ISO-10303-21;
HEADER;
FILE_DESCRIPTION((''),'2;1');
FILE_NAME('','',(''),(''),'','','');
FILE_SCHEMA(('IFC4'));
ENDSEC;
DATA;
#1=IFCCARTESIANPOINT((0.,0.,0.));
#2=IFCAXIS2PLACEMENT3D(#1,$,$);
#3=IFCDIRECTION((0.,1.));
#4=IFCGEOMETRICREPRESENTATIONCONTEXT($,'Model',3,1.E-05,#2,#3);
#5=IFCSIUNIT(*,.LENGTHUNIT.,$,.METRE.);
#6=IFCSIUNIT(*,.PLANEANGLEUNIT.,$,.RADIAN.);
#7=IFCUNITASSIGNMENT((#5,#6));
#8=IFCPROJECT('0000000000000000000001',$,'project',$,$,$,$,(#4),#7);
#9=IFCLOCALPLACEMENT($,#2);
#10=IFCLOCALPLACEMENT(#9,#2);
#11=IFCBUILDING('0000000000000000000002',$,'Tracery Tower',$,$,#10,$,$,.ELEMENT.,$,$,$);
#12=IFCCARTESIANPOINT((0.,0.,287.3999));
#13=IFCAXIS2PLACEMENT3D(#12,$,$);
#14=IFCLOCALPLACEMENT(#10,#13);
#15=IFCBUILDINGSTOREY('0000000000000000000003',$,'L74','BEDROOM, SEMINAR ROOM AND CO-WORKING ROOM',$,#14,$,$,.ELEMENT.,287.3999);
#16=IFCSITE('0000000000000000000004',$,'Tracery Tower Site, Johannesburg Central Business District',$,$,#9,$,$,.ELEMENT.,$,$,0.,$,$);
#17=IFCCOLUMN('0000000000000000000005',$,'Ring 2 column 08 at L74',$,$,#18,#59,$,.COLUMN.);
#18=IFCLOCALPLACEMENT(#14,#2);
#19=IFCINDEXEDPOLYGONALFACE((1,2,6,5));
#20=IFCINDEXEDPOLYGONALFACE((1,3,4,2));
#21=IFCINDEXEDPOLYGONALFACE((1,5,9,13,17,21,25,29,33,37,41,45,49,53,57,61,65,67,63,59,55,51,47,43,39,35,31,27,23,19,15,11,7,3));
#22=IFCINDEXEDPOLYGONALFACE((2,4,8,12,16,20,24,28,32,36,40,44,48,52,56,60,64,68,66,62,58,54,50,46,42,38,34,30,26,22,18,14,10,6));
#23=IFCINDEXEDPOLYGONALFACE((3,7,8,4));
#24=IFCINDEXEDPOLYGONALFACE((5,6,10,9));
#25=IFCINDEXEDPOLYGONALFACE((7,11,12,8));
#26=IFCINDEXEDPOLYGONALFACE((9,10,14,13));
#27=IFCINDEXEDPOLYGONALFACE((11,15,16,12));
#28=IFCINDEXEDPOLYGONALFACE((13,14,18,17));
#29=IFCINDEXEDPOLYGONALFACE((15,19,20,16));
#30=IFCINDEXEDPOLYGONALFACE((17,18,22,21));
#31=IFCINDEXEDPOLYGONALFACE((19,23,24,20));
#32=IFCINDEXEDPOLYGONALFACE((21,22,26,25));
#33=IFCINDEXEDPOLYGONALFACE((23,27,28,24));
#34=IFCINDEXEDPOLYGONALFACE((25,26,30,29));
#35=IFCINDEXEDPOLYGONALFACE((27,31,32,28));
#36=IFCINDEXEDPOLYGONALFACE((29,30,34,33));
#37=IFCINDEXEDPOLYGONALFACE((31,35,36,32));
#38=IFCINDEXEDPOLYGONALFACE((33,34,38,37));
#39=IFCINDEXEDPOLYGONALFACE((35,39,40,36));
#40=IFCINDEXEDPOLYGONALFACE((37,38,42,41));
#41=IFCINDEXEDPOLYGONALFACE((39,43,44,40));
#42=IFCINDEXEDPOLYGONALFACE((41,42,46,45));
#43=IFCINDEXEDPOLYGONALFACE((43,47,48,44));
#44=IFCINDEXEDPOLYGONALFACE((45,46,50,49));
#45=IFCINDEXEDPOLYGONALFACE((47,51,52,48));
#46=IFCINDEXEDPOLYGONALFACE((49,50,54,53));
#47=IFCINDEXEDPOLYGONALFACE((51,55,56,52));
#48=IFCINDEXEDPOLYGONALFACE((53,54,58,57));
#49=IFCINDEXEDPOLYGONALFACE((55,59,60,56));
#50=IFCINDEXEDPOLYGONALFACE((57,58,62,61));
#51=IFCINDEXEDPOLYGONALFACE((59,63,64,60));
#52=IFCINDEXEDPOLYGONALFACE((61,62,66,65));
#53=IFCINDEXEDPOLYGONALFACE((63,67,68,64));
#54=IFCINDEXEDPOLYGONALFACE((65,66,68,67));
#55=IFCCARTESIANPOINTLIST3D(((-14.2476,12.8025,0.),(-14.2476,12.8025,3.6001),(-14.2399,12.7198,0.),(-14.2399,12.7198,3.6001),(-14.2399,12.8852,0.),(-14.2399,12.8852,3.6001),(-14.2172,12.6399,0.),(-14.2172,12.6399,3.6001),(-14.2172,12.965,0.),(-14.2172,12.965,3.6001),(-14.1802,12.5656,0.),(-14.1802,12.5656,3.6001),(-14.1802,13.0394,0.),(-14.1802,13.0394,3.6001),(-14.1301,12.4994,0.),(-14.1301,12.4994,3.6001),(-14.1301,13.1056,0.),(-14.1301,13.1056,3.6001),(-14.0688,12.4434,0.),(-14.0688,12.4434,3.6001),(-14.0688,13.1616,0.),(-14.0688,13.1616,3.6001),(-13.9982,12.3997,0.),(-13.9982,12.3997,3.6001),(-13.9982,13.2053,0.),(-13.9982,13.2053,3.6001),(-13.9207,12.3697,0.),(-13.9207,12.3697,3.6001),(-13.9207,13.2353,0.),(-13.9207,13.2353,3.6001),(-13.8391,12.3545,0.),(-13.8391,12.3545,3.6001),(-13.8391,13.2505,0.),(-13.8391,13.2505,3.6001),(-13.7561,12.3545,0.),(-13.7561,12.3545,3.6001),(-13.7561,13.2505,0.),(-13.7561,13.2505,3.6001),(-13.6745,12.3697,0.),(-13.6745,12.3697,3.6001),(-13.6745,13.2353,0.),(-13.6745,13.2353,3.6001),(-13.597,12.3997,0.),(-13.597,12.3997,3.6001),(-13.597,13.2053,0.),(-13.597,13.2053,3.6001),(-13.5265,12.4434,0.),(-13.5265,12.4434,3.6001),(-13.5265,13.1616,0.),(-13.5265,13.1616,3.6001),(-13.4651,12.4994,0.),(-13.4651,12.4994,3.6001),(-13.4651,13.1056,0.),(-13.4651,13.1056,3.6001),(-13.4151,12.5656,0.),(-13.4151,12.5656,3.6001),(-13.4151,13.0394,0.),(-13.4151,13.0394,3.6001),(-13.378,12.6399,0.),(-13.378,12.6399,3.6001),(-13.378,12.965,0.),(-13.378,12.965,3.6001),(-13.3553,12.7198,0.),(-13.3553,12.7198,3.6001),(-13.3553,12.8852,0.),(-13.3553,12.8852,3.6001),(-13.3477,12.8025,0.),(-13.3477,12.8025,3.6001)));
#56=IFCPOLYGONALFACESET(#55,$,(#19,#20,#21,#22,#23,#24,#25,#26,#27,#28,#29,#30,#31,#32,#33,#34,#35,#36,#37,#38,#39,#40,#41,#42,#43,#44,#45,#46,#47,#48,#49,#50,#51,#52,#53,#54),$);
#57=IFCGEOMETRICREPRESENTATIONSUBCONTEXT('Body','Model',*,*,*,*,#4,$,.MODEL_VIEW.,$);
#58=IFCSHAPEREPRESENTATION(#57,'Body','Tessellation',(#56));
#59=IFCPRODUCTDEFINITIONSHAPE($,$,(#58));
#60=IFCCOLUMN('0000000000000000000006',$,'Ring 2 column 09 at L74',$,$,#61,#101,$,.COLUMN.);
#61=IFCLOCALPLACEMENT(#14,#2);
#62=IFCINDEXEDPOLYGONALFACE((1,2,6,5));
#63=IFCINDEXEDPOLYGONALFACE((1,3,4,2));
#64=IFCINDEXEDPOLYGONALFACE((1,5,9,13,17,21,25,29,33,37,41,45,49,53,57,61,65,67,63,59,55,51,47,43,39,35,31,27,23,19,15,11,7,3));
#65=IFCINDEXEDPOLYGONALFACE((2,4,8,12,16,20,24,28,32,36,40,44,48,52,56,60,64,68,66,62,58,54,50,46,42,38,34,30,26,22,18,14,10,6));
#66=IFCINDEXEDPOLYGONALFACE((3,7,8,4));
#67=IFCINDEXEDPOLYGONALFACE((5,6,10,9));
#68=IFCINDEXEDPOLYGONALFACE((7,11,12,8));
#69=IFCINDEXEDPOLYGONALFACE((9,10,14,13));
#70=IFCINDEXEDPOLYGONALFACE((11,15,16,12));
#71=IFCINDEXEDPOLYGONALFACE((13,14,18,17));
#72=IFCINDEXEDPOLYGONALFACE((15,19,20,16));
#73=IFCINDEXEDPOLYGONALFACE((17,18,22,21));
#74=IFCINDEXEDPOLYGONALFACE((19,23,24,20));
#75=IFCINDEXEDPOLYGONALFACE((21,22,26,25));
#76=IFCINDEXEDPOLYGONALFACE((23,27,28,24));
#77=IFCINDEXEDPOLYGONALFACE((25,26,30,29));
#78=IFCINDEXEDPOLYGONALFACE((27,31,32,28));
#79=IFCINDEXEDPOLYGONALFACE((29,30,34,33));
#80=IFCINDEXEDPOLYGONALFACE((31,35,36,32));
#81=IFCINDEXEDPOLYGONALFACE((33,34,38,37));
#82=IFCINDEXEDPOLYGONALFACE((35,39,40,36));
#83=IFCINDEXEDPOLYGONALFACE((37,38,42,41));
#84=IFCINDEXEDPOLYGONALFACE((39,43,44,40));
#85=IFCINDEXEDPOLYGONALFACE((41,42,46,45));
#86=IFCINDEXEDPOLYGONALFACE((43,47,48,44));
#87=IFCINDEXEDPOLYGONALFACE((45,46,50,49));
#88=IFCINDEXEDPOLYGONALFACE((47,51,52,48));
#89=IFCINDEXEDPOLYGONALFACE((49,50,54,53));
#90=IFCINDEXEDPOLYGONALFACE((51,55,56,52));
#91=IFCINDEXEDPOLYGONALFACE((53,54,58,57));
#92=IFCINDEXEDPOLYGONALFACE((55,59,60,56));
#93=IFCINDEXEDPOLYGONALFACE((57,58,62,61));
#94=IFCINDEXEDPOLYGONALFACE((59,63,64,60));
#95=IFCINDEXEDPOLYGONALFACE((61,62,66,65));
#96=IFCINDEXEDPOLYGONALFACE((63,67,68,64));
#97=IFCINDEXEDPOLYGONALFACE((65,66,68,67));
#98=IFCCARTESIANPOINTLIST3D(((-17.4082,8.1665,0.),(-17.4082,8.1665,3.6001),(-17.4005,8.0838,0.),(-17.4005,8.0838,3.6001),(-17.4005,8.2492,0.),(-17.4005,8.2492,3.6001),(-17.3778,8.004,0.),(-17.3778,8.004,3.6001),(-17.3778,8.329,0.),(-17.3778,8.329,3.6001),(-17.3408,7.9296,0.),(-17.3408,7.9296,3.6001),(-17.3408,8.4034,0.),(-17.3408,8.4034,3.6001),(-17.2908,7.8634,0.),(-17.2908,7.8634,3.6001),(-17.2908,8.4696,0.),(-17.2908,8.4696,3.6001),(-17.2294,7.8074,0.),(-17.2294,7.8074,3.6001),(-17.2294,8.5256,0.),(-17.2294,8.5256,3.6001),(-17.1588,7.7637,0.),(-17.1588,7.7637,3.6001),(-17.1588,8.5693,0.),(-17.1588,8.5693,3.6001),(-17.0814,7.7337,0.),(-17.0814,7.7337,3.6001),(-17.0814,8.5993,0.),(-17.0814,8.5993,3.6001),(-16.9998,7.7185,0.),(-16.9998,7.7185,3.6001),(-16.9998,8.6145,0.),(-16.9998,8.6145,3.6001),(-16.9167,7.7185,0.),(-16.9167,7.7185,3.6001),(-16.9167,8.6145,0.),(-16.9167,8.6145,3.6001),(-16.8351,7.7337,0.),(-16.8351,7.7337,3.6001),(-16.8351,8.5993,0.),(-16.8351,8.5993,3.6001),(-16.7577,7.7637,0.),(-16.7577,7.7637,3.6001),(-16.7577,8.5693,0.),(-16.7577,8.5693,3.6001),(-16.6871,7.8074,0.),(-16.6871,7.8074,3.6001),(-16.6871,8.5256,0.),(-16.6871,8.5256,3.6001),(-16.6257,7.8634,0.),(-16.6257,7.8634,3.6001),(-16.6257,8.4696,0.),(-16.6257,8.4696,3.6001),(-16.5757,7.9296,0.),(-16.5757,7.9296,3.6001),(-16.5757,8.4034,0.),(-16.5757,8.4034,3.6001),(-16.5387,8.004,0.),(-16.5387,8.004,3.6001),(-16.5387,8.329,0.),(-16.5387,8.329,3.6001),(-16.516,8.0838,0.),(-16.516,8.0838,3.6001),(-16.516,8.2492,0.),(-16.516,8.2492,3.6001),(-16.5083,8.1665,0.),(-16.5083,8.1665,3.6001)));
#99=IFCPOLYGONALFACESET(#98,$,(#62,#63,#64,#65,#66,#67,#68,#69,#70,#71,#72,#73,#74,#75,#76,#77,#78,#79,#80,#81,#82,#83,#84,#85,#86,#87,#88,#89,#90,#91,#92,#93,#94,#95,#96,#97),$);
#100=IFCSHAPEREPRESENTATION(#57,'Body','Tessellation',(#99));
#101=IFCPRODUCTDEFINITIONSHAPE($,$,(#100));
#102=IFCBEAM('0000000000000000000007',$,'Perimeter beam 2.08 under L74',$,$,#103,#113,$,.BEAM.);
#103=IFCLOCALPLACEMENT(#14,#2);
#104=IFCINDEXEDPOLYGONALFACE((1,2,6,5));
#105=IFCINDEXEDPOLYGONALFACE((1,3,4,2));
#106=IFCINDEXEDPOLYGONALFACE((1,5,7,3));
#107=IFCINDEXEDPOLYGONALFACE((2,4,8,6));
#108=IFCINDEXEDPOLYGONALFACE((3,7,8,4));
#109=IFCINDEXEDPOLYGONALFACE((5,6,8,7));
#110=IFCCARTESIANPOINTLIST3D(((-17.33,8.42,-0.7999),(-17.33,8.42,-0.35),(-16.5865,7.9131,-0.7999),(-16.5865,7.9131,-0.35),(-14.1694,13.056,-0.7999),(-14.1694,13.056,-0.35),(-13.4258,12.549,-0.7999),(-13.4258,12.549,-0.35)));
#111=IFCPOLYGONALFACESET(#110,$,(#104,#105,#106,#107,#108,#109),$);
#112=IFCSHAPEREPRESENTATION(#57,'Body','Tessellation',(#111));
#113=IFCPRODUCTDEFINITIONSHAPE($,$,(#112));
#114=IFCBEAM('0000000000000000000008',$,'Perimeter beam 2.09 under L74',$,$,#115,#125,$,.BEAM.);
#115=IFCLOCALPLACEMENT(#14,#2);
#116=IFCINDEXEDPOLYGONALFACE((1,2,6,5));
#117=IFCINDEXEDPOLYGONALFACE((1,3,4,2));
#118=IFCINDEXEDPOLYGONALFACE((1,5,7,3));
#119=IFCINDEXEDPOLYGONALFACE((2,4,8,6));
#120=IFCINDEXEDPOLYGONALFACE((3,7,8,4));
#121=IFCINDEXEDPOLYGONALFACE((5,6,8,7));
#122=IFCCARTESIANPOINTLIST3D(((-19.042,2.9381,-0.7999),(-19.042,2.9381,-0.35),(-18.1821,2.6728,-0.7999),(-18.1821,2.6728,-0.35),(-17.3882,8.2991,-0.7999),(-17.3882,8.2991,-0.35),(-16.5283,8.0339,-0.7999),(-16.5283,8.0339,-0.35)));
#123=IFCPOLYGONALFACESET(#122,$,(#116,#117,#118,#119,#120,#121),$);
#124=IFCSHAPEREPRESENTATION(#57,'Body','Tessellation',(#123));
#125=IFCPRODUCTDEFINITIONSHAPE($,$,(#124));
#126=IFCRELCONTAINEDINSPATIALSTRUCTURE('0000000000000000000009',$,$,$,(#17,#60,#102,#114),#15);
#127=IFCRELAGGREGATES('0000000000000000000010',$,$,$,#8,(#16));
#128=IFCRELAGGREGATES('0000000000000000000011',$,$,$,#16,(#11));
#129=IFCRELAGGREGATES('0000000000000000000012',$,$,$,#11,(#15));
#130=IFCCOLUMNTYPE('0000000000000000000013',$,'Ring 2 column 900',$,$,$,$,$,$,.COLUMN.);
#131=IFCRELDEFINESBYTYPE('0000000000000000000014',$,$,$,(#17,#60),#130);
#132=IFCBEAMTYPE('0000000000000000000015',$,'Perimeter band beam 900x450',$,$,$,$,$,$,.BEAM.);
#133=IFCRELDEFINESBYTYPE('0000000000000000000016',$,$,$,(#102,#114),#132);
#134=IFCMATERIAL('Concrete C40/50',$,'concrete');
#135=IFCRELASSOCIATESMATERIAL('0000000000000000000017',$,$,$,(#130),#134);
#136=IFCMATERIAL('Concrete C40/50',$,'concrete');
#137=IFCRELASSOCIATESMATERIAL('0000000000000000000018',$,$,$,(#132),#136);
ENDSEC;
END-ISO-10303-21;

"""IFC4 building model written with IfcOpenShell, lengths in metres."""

from ifc_helpers import new_model, si_unit, direction, frame, origin, origin_2d, place, context, subcontext, project, spatial, rectangle, circle, extrude, material, material_profile, profile_set, type_object, element, save


model = new_model("IFC4")

# Units and contexts
model_context = context("Model", 3, precision=1e-05, world=origin(), true_north=direction((0.0, 1.0)))
body_context = subcontext(model_context, "Body", "Model", "MODEL_VIEW")
ifc_project = project(units=[si_unit("LENGTHUNIT", "METRE"), si_unit("PLANEANGLEUNIT", "RADIAN")], contexts=[model_context])

# Site, building, storey
site_placement = place(None, origin())
site = spatial("IfcSite", under=ifc_project, at=site_placement, Name="Tracery Tower Site, Johannesburg Central Business District", CompositionType="ELEMENT", RefElevation=0.0)
building_placement = place(site_placement, origin())
building = spatial("IfcBuilding", under=site, at=building_placement, Name="Tracery Tower", CompositionType="ELEMENT")
storey_placement = place(building_placement, frame((0.0, 0.0, 287.3999)))
storey = spatial("IfcBuildingStorey", under=building, at=storey_placement, Name="L74", Description="BEDROOM, SEMINAR ROOM AND CO-WORKING ROOM", CompositionType="ELEMENT", Elevation=287.3999)

# Columns
ifc_material_1 = material(Name="Concrete C40/50", Category="concrete")
ifc_material_profile_1 = material_profile(ifc_material_1, circle(Radius=0.45, at=origin_2d()), Name="RC D900")
ifc_profile_set_1 = profile_set([ifc_material_profile_1], Name="Concrete C40/50")
column_type = type_object("IfcColumnType", Name="Ring 2 column 900", PredefinedType="COLUMN", material=ifc_profile_set_1)
for number, where, z_axis, x_axis, name in (
    (1, (-13.7976, 12.8025, 0.0), (0.0, 0.0, 1.0), (1.0, 0.0, 0.0), "Ring 2 column 08 at L74"),
    (2, (-16.9583, 8.1665, 0.0), (0.0, 0.0, 1.0), (1.0, 0.0, 0.0), "Ring 2 column 09 at L74"),
):
    element("IfcColumn", number, at=place(storey_placement, frame(where, z_axis=z_axis, x_axis=x_axis)), inside=storey, type_object=column_type, Name=name, PredefinedType="COLUMN", context=body_context, shape_type="SweptSolid", body=[
        extrude(circle(Radius=0.45, at=origin_2d()), origin(), (0.0, 0.0, 1.0), 3.6001),
    ])

# Beams
ifc_material_2 = material(Name="Concrete C40/50", Category="concrete")
ifc_material_profile_2 = material_profile(ifc_material_2, rectangle(XDim=0.8999, YDim=0.45, at=origin_2d()), Name="RC 900x450")
ifc_profile_set_2 = profile_set([ifc_material_profile_2], Name="Concrete C40/50")
beam_type = type_object("IfcBeamType", Name="Perimeter band beam 900x450", PredefinedType="BEAM", material=ifc_profile_set_2)
beam_1_placement = place(storey_placement, frame((-13.7976, 12.8025, -0.575), z_axis=(-0.563306, -0.826249, 0.0), x_axis=(0.826249, -0.563306, 0.0)))
element("IfcBeam", 3, at=beam_1_placement, inside=storey, type_object=beam_type, Name="Perimeter beam 2.08 under L74", PredefinedType="BEAM", context=body_context, shape_type="SweptSolid", body=[
    extrude(rectangle(XDim=0.8999, YDim=0.45, at=origin_2d()), origin(), (0.0, 0.0, 1.0), 5.6108),
])
beam_2_placement = place(storey_placement, frame((-16.9583, 8.1665, -0.575), z_axis=(-0.294777, -0.955566, 0.0), x_axis=(0.955566, -0.294777, 0.0)))
element("IfcBeam", 4, at=beam_2_placement, inside=storey, type_object=beam_type, Name="Perimeter beam 2.09 under L74", PredefinedType="BEAM", context=body_context, shape_type="SweptSolid", body=[
    extrude(rectangle(XDim=0.8999, YDim=0.45, at=origin_2d()), origin(), (0.0, 0.0, 1.0), 5.6104),
])

save(model, "model.ifc")
